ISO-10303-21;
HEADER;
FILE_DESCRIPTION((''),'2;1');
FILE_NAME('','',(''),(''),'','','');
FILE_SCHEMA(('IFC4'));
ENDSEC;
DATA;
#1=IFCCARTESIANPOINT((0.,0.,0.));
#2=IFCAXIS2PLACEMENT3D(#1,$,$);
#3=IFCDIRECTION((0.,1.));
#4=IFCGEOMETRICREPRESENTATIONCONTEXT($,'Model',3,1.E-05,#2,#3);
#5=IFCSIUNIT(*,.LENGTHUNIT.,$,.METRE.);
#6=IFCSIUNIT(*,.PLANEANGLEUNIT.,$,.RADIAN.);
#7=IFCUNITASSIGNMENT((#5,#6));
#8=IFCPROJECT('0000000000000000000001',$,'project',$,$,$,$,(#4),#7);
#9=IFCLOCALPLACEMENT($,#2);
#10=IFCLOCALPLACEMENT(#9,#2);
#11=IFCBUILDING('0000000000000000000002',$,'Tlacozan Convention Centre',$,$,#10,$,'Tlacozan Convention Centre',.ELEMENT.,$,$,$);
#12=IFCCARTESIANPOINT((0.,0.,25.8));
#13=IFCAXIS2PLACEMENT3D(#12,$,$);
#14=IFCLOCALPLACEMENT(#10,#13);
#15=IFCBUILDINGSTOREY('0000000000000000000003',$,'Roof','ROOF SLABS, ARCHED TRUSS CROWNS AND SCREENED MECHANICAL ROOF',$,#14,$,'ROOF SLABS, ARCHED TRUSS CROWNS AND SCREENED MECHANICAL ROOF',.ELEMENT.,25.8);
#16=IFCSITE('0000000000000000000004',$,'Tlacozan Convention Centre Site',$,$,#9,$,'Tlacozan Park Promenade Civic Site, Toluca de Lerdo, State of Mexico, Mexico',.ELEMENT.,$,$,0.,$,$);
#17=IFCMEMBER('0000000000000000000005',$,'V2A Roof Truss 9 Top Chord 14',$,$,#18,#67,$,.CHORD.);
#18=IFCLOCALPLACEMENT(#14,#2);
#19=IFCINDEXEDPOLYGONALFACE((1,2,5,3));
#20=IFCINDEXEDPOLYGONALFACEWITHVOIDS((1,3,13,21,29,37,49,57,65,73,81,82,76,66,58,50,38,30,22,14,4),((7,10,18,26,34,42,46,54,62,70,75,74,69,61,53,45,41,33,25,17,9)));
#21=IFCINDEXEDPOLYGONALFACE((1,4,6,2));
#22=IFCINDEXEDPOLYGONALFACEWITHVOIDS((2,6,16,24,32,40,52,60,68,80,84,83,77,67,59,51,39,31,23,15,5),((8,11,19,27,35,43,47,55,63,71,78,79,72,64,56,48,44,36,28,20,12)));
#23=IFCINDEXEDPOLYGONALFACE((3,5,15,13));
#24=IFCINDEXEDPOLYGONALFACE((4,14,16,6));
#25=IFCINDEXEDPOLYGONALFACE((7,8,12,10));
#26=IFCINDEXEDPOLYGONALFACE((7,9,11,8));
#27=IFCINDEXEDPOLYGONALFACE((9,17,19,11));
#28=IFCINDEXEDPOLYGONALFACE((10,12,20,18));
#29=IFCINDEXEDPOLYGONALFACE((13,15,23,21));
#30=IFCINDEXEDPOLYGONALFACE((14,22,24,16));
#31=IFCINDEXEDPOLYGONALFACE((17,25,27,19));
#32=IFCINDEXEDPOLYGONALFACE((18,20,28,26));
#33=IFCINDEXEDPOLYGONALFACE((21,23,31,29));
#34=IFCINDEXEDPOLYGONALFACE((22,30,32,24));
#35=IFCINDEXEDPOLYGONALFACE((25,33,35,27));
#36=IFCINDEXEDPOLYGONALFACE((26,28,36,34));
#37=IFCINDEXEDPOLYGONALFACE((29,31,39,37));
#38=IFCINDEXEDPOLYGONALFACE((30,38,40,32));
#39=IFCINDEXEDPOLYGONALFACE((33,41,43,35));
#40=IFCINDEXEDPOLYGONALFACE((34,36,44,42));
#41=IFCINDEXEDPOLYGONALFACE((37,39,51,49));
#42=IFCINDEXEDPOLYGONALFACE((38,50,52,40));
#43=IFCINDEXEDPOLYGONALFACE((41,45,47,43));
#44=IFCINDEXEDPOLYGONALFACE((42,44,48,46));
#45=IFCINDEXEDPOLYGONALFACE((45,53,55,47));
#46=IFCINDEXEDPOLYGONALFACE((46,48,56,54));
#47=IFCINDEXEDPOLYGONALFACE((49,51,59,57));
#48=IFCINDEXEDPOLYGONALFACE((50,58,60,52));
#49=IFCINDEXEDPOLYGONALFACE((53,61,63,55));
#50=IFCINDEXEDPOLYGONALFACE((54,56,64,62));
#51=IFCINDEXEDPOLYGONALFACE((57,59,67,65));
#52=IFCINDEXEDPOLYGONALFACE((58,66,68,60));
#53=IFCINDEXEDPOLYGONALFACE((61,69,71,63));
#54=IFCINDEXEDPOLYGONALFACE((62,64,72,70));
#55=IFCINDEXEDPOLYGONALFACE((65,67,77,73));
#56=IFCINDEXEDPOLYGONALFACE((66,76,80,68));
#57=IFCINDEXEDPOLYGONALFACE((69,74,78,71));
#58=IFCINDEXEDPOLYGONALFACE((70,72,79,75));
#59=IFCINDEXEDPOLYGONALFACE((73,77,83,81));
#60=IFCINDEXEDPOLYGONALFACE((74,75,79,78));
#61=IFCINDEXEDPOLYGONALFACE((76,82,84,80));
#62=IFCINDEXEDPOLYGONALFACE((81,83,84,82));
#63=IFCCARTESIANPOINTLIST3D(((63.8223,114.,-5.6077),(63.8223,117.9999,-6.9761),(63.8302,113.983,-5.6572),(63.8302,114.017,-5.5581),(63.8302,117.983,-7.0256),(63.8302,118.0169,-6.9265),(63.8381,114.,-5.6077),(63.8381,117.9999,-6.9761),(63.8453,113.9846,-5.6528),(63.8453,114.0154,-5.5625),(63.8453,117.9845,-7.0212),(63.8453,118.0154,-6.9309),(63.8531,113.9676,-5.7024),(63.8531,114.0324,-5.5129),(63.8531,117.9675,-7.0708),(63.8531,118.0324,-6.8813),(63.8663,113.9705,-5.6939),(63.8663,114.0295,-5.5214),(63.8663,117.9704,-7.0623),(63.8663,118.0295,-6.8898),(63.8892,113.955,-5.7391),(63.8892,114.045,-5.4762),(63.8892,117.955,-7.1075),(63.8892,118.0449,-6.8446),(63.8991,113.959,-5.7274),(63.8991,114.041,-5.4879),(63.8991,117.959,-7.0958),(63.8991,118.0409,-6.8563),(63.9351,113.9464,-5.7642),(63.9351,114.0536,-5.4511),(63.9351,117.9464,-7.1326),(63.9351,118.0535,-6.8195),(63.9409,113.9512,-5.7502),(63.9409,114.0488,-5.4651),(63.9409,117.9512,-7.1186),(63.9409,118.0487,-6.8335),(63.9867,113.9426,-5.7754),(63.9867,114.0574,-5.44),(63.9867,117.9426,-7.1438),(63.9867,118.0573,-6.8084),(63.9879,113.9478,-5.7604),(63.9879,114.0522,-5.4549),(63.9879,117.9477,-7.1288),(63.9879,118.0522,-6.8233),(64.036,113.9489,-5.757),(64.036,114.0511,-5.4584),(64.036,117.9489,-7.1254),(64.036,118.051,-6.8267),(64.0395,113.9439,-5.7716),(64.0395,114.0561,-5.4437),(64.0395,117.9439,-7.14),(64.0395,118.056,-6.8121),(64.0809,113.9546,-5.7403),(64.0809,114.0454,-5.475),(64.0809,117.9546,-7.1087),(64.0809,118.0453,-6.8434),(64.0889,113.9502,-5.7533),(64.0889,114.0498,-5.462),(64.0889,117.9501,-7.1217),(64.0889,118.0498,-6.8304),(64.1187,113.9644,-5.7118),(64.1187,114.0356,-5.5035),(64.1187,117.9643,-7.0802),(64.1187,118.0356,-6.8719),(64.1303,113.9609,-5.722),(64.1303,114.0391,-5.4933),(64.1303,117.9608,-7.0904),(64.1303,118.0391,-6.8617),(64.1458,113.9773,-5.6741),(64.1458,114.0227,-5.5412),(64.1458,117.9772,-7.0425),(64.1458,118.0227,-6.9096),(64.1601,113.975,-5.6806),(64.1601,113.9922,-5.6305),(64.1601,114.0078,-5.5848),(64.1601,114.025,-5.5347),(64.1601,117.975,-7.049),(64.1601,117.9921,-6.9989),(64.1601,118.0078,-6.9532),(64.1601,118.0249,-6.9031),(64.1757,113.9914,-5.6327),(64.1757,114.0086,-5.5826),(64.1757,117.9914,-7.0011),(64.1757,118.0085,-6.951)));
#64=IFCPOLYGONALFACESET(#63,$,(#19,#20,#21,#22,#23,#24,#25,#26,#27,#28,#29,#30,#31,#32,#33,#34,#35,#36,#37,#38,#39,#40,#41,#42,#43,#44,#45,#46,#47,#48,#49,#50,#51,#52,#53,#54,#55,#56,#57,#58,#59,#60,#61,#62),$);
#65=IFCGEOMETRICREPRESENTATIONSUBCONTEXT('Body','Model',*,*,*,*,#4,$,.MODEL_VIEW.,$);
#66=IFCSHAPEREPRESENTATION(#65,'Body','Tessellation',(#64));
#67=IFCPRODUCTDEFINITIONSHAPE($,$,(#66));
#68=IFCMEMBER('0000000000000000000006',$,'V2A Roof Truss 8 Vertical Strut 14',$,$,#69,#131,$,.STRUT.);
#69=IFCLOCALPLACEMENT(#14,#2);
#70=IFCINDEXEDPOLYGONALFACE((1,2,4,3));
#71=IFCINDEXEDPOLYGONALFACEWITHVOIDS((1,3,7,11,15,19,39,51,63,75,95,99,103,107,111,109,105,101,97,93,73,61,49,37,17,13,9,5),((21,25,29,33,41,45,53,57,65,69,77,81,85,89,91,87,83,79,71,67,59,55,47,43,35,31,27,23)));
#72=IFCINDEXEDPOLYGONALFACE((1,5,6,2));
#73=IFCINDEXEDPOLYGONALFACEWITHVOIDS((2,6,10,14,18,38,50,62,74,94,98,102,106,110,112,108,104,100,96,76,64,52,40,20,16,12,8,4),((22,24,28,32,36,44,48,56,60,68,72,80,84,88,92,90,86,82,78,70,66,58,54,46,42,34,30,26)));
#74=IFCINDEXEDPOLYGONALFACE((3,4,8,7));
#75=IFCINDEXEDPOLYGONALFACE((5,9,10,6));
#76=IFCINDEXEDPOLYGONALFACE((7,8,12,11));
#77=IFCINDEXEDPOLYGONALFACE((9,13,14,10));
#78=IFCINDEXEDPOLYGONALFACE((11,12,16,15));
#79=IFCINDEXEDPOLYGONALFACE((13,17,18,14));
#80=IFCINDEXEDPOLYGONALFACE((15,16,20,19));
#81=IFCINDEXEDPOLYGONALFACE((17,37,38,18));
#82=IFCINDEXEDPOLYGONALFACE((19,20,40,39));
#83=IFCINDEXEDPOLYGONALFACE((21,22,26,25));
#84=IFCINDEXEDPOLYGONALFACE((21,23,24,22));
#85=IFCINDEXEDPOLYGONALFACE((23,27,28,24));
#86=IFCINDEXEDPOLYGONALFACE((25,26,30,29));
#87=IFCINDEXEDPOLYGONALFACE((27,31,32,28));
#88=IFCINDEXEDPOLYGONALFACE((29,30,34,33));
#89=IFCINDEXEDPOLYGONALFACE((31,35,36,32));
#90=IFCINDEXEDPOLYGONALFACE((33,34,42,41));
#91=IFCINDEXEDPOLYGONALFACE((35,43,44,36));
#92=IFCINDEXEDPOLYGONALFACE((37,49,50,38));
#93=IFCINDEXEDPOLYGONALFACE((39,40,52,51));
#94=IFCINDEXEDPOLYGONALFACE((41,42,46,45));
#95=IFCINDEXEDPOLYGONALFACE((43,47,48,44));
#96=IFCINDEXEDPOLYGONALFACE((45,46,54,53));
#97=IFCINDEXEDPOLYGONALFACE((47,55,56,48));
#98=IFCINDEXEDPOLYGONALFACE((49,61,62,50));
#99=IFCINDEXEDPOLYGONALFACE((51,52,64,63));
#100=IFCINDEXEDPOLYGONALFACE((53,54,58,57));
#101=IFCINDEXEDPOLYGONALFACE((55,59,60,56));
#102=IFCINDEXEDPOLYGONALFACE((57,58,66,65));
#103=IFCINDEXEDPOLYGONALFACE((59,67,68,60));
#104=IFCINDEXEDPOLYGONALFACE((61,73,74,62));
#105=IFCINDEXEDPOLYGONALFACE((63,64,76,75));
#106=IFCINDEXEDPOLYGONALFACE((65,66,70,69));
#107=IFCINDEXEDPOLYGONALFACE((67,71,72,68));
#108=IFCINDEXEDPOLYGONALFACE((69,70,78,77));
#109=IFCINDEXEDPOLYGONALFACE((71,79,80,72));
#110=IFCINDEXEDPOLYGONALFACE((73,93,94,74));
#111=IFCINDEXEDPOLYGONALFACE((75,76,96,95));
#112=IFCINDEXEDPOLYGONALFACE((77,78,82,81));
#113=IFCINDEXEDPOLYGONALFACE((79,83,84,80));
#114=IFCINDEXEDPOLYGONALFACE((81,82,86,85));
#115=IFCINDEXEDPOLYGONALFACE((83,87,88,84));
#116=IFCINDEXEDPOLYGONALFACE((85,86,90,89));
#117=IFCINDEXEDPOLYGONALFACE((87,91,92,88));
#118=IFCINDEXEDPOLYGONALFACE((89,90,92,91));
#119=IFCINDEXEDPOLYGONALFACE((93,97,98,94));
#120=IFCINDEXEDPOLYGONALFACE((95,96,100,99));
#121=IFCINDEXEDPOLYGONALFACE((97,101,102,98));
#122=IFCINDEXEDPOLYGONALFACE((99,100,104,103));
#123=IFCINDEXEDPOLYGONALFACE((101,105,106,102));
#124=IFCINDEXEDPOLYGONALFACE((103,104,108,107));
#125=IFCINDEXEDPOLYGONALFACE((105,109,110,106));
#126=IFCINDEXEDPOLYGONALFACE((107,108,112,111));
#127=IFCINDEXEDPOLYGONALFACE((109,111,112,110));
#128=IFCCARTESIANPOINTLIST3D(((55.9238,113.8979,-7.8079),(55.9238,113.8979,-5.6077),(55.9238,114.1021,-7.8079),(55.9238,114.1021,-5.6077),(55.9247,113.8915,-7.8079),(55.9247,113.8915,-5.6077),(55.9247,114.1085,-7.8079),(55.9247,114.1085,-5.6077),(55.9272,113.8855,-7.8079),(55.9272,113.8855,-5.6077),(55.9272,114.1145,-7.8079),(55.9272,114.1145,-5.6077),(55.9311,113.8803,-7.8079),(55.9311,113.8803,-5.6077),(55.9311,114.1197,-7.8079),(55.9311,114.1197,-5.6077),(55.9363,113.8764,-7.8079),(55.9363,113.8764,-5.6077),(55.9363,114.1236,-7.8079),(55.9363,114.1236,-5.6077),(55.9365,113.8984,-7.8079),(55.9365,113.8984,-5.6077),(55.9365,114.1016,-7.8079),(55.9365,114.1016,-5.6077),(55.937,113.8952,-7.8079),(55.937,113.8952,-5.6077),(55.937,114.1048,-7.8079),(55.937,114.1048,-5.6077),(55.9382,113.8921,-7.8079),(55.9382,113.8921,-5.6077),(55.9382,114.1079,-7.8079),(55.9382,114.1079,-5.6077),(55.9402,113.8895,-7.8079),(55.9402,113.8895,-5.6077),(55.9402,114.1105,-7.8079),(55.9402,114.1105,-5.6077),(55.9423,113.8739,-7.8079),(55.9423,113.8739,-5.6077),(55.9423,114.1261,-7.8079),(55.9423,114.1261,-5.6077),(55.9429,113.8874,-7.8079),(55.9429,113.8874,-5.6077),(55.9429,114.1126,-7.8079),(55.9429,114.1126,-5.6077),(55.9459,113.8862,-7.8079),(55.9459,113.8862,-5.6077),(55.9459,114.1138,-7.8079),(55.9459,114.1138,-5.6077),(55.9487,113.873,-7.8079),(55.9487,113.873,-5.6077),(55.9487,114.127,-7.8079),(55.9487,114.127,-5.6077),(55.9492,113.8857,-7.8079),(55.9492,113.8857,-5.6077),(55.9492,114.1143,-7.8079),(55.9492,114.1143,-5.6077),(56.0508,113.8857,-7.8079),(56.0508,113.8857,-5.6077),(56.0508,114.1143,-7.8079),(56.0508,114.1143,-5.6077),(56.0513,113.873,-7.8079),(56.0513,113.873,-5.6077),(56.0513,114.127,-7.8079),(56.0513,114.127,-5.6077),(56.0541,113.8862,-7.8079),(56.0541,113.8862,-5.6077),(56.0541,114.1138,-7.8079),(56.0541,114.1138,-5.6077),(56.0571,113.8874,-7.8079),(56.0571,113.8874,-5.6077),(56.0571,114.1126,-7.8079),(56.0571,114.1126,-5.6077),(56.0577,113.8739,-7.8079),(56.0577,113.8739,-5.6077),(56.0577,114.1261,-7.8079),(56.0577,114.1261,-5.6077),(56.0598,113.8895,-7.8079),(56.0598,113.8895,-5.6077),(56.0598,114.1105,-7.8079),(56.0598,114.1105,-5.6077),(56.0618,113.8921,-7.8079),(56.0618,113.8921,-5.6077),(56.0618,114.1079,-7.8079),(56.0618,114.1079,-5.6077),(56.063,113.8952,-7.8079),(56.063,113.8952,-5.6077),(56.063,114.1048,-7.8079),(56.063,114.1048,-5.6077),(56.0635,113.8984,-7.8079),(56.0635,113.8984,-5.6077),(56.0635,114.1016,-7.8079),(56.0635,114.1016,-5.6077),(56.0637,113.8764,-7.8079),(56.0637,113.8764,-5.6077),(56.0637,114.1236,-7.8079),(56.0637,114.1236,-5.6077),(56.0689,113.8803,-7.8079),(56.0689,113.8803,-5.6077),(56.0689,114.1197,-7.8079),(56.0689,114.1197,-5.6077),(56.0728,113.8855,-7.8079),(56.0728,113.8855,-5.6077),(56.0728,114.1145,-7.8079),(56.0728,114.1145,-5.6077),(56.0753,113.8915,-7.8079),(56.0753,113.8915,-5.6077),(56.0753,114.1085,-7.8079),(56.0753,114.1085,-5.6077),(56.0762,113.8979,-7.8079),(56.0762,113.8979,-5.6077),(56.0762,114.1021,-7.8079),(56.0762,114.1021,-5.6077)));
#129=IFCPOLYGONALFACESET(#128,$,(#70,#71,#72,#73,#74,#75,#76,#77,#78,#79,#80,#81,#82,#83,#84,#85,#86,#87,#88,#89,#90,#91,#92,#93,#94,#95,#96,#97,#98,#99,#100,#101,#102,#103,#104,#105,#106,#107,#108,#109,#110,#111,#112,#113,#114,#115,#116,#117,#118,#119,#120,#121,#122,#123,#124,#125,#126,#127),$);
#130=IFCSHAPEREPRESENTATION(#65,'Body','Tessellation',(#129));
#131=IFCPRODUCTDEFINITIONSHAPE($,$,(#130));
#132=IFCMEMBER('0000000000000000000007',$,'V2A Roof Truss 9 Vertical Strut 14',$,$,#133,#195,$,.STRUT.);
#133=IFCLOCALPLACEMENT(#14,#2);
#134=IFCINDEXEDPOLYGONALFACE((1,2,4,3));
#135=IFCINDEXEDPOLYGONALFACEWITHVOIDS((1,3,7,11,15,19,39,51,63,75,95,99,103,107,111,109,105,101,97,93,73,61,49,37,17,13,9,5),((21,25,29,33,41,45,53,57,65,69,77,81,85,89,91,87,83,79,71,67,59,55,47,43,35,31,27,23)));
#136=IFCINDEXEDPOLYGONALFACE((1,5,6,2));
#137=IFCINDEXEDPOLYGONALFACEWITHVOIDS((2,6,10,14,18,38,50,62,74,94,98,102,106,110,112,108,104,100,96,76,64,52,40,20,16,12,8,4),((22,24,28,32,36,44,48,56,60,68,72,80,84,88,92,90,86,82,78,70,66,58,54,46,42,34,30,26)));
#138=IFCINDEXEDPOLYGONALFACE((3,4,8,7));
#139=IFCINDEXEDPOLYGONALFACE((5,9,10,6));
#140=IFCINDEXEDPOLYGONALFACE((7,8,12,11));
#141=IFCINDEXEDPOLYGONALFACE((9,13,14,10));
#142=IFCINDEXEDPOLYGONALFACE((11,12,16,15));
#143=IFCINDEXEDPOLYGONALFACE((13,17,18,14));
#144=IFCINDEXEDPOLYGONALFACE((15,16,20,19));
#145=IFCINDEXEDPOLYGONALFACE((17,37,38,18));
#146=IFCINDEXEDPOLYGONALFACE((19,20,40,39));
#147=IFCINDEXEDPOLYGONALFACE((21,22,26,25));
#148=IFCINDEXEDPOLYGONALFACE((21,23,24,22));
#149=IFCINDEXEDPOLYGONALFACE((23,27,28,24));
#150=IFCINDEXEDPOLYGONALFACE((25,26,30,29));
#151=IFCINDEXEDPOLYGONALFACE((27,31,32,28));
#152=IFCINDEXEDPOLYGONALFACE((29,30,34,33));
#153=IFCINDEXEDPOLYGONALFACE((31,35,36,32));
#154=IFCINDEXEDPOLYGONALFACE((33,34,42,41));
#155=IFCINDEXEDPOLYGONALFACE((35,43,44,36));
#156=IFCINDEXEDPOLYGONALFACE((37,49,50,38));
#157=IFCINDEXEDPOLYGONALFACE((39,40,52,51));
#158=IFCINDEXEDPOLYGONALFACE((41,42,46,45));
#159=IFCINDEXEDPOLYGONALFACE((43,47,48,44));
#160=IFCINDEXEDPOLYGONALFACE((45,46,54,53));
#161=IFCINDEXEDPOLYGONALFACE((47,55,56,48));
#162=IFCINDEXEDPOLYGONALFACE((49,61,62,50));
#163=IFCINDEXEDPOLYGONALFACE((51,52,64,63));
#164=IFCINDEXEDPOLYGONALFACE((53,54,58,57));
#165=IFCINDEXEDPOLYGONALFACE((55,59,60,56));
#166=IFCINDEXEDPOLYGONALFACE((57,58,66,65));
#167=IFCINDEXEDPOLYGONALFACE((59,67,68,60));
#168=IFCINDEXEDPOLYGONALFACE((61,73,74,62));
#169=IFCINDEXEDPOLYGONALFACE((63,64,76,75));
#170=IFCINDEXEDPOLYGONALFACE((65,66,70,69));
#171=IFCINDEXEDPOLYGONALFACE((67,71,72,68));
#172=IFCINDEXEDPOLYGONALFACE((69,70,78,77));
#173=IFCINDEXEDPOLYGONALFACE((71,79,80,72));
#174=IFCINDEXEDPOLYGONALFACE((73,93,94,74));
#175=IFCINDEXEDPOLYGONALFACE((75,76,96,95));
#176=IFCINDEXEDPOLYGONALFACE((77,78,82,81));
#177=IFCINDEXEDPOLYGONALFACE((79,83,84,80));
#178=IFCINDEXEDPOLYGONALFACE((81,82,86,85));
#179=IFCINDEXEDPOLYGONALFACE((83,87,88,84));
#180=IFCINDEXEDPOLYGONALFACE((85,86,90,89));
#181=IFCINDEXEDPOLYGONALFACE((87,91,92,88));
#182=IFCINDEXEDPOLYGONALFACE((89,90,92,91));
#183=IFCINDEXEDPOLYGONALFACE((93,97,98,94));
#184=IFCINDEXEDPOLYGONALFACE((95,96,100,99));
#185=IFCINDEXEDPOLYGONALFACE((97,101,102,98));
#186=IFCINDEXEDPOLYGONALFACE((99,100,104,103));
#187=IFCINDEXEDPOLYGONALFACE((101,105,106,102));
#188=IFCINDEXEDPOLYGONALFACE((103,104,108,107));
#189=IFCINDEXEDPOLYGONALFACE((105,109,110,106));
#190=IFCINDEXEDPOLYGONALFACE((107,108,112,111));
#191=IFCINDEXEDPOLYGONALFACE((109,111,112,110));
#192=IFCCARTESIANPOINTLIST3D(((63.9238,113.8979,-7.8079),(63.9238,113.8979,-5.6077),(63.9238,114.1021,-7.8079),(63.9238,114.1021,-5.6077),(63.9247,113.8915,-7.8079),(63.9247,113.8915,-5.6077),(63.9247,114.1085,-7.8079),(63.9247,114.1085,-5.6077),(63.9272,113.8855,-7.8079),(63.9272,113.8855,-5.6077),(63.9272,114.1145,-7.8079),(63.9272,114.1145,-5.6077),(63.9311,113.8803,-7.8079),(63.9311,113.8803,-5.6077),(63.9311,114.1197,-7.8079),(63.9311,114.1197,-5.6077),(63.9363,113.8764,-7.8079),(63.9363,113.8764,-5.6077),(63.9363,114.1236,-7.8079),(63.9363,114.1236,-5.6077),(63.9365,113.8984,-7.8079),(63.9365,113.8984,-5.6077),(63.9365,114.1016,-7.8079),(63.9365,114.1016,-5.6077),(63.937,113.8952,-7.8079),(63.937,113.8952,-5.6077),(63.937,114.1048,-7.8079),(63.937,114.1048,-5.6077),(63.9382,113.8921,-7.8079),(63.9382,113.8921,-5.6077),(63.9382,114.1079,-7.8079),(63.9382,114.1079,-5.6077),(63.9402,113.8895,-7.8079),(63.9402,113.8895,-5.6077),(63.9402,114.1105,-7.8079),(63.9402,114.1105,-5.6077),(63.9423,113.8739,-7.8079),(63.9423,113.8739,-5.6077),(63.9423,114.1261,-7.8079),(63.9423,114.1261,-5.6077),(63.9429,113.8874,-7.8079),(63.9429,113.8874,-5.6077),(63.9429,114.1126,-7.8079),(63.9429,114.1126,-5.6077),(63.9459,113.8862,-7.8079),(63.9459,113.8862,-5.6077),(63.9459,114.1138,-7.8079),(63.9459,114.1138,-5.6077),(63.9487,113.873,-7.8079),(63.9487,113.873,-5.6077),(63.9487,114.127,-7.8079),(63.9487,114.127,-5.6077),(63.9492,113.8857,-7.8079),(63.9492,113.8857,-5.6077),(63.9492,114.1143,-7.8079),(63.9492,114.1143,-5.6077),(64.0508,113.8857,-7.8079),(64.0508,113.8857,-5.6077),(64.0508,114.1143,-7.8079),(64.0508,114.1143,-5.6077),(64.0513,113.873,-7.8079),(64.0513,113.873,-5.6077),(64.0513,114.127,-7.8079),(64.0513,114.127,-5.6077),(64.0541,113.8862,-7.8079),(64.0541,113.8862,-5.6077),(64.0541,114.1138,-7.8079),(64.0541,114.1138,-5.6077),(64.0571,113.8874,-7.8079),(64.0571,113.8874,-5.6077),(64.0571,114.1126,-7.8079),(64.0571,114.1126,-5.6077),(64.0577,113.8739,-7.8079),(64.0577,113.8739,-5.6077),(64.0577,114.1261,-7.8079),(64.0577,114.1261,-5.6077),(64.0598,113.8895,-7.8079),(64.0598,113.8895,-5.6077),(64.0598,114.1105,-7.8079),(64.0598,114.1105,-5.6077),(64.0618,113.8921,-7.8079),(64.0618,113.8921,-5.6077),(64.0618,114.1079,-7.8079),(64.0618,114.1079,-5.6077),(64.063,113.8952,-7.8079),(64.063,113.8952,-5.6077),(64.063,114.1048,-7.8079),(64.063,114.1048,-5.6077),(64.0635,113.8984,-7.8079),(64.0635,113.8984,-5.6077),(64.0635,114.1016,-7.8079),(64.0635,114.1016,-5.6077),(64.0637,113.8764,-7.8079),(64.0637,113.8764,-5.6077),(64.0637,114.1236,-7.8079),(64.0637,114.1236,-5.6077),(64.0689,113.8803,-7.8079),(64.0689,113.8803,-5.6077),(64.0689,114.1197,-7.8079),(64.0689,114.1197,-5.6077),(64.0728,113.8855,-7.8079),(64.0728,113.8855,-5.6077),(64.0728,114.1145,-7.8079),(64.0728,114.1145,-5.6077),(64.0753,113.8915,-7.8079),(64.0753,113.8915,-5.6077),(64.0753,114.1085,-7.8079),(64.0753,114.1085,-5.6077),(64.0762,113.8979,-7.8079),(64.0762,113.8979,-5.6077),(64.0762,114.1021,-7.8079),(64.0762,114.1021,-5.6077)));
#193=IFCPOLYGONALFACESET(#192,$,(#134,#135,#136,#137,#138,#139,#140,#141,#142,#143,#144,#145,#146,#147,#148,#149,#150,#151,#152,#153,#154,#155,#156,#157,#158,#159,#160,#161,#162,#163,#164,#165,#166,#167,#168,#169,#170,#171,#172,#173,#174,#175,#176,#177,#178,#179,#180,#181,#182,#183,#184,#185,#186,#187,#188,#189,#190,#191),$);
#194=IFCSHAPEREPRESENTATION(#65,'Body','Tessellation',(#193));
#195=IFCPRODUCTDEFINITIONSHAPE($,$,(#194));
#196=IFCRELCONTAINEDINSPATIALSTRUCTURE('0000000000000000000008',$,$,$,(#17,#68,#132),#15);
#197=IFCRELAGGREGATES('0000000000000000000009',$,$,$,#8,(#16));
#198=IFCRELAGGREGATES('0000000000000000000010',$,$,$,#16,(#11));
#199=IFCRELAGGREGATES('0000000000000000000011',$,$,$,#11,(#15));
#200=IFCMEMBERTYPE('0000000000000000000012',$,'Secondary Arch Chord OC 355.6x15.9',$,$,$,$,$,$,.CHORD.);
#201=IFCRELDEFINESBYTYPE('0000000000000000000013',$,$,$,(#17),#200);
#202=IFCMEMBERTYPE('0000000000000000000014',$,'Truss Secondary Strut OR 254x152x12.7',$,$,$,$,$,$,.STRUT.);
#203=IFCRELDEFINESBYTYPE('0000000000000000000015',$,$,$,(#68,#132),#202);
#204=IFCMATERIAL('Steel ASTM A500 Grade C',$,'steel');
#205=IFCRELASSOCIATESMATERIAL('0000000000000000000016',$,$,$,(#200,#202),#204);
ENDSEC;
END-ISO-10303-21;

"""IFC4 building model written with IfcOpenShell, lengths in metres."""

from ifc_helpers import new_model, si_unit, direction, frame, origin, origin_2d, place, context, subcontext, project, spatial, hollow_rectangle, hollow_circle, extrude, material, material_profile, profile_set, type_object, element, save


model = new_model("IFC4")

# Units and contexts
model_context = context("Model", 3, precision=1e-05, world=origin(), true_north=direction((0.0, 1.0)))
body_context = subcontext(model_context, "Body", "Model", "MODEL_VIEW")
ifc_project = project(units=[si_unit("LENGTHUNIT", "METRE"), si_unit("PLANEANGLEUNIT", "RADIAN")], contexts=[model_context])

# Site, building, storey
site_placement = place(None, origin())
site = spatial("IfcSite", under=ifc_project, at=site_placement, Name="Tlacozan Convention Centre Site", LongName="Tlacozan Park Promenade Civic Site, Toluca de Lerdo, State of Mexico, Mexico", CompositionType="ELEMENT", RefElevation=0.0)
building_placement = place(site_placement, origin())
building = spatial("IfcBuilding", under=site, at=building_placement, Name="Tlacozan Convention Centre", LongName="Tlacozan Convention Centre", CompositionType="ELEMENT")
storey_placement = place(building_placement, frame((0.0, 0.0, 25.8)))
storey = spatial("IfcBuildingStorey", under=building, at=storey_placement, Name="Roof", Description="ROOF SLABS, ARCHED TRUSS CROWNS AND SCREENED MECHANICAL ROOF", LongName="ROOF SLABS, ARCHED TRUSS CROWNS AND SCREENED MECHANICAL ROOF", CompositionType="ELEMENT", Elevation=25.8)

# Members
ifc_material_1 = material(Name="Steel ASTM A500 Grade C", Category="steel")
ifc_material_profile_1 = material_profile(ifc_material_1, hollow_circle(Radius=0.1777, WallThickness=0.0159, at=origin_2d()), Name="OC 355.6x15.9")
ifc_profile_set_1 = profile_set([ifc_material_profile_1], Name="Steel ASTM A500 Grade C")
member_type_1 = type_object("IfcMemberType", Name="Secondary Arch Chord OC 355.6x15.9", PredefinedType="CHORD", material=ifc_profile_set_1)
member_1_placement = place(storey_placement, frame((64.0, 114.0, -5.6077), z_axis=(0.0, 0.946165, -0.323685), x_axis=(-1.0, 0.0, 0.0)))
element("IfcMember", 1, at=member_1_placement, inside=storey, type_object=member_type_1, Name="V2A Roof Truss 9 Top Chord 14", PredefinedType="CHORD", context=body_context, shape_type="SweptSolid", body=[
    extrude(hollow_circle(Radius=0.1777, WallThickness=0.0159, at=origin_2d()), origin(), (0.0, 0.0, 1.0), 4.2275),
])
ifc_material_profile_2 = material_profile(ifc_material_1, hollow_rectangle(XDim=0.1523, YDim=0.2539, WallThickness=0.0127, InnerFilletRadius=0.0127, OuterFilletRadius=0.0249, at=origin_2d()), Name="OR 254x152x12.7")
ifc_profile_set_2 = profile_set([ifc_material_profile_2], Name="Steel ASTM A500 Grade C")
member_type_2 = type_object("IfcMemberType", Name="Truss Secondary Strut OR 254x152x12.7", PredefinedType="STRUT", material=ifc_profile_set_2)
for number, where, z_axis, x_axis, name in (
    (2, (56.0, 114.0, -7.8079), (0.0, 0.0, 1.0), (1.0, 0.0, 0.0), "V2A Roof Truss 8 Vertical Strut 14"),
    (3, (64.0, 114.0, -7.8079), (0.0, 0.0, 1.0), (1.0, 0.0, 0.0), "V2A Roof Truss 9 Vertical Strut 14"),
):
    element("IfcMember", number, at=place(storey_placement, frame(where, z_axis=z_axis, x_axis=x_axis)), inside=storey, type_object=member_type_2, Name=name, PredefinedType="STRUT", context=body_context, shape_type="SweptSolid", body=[
        extrude(hollow_rectangle(XDim=0.1523, YDim=0.2539, WallThickness=0.0127, InnerFilletRadius=0.0127, OuterFilletRadius=0.0249, at=origin_2d()), origin(), (0.0, 0.0, 1.0), 2.2002),
    ])

save(model, "model.ifc")
